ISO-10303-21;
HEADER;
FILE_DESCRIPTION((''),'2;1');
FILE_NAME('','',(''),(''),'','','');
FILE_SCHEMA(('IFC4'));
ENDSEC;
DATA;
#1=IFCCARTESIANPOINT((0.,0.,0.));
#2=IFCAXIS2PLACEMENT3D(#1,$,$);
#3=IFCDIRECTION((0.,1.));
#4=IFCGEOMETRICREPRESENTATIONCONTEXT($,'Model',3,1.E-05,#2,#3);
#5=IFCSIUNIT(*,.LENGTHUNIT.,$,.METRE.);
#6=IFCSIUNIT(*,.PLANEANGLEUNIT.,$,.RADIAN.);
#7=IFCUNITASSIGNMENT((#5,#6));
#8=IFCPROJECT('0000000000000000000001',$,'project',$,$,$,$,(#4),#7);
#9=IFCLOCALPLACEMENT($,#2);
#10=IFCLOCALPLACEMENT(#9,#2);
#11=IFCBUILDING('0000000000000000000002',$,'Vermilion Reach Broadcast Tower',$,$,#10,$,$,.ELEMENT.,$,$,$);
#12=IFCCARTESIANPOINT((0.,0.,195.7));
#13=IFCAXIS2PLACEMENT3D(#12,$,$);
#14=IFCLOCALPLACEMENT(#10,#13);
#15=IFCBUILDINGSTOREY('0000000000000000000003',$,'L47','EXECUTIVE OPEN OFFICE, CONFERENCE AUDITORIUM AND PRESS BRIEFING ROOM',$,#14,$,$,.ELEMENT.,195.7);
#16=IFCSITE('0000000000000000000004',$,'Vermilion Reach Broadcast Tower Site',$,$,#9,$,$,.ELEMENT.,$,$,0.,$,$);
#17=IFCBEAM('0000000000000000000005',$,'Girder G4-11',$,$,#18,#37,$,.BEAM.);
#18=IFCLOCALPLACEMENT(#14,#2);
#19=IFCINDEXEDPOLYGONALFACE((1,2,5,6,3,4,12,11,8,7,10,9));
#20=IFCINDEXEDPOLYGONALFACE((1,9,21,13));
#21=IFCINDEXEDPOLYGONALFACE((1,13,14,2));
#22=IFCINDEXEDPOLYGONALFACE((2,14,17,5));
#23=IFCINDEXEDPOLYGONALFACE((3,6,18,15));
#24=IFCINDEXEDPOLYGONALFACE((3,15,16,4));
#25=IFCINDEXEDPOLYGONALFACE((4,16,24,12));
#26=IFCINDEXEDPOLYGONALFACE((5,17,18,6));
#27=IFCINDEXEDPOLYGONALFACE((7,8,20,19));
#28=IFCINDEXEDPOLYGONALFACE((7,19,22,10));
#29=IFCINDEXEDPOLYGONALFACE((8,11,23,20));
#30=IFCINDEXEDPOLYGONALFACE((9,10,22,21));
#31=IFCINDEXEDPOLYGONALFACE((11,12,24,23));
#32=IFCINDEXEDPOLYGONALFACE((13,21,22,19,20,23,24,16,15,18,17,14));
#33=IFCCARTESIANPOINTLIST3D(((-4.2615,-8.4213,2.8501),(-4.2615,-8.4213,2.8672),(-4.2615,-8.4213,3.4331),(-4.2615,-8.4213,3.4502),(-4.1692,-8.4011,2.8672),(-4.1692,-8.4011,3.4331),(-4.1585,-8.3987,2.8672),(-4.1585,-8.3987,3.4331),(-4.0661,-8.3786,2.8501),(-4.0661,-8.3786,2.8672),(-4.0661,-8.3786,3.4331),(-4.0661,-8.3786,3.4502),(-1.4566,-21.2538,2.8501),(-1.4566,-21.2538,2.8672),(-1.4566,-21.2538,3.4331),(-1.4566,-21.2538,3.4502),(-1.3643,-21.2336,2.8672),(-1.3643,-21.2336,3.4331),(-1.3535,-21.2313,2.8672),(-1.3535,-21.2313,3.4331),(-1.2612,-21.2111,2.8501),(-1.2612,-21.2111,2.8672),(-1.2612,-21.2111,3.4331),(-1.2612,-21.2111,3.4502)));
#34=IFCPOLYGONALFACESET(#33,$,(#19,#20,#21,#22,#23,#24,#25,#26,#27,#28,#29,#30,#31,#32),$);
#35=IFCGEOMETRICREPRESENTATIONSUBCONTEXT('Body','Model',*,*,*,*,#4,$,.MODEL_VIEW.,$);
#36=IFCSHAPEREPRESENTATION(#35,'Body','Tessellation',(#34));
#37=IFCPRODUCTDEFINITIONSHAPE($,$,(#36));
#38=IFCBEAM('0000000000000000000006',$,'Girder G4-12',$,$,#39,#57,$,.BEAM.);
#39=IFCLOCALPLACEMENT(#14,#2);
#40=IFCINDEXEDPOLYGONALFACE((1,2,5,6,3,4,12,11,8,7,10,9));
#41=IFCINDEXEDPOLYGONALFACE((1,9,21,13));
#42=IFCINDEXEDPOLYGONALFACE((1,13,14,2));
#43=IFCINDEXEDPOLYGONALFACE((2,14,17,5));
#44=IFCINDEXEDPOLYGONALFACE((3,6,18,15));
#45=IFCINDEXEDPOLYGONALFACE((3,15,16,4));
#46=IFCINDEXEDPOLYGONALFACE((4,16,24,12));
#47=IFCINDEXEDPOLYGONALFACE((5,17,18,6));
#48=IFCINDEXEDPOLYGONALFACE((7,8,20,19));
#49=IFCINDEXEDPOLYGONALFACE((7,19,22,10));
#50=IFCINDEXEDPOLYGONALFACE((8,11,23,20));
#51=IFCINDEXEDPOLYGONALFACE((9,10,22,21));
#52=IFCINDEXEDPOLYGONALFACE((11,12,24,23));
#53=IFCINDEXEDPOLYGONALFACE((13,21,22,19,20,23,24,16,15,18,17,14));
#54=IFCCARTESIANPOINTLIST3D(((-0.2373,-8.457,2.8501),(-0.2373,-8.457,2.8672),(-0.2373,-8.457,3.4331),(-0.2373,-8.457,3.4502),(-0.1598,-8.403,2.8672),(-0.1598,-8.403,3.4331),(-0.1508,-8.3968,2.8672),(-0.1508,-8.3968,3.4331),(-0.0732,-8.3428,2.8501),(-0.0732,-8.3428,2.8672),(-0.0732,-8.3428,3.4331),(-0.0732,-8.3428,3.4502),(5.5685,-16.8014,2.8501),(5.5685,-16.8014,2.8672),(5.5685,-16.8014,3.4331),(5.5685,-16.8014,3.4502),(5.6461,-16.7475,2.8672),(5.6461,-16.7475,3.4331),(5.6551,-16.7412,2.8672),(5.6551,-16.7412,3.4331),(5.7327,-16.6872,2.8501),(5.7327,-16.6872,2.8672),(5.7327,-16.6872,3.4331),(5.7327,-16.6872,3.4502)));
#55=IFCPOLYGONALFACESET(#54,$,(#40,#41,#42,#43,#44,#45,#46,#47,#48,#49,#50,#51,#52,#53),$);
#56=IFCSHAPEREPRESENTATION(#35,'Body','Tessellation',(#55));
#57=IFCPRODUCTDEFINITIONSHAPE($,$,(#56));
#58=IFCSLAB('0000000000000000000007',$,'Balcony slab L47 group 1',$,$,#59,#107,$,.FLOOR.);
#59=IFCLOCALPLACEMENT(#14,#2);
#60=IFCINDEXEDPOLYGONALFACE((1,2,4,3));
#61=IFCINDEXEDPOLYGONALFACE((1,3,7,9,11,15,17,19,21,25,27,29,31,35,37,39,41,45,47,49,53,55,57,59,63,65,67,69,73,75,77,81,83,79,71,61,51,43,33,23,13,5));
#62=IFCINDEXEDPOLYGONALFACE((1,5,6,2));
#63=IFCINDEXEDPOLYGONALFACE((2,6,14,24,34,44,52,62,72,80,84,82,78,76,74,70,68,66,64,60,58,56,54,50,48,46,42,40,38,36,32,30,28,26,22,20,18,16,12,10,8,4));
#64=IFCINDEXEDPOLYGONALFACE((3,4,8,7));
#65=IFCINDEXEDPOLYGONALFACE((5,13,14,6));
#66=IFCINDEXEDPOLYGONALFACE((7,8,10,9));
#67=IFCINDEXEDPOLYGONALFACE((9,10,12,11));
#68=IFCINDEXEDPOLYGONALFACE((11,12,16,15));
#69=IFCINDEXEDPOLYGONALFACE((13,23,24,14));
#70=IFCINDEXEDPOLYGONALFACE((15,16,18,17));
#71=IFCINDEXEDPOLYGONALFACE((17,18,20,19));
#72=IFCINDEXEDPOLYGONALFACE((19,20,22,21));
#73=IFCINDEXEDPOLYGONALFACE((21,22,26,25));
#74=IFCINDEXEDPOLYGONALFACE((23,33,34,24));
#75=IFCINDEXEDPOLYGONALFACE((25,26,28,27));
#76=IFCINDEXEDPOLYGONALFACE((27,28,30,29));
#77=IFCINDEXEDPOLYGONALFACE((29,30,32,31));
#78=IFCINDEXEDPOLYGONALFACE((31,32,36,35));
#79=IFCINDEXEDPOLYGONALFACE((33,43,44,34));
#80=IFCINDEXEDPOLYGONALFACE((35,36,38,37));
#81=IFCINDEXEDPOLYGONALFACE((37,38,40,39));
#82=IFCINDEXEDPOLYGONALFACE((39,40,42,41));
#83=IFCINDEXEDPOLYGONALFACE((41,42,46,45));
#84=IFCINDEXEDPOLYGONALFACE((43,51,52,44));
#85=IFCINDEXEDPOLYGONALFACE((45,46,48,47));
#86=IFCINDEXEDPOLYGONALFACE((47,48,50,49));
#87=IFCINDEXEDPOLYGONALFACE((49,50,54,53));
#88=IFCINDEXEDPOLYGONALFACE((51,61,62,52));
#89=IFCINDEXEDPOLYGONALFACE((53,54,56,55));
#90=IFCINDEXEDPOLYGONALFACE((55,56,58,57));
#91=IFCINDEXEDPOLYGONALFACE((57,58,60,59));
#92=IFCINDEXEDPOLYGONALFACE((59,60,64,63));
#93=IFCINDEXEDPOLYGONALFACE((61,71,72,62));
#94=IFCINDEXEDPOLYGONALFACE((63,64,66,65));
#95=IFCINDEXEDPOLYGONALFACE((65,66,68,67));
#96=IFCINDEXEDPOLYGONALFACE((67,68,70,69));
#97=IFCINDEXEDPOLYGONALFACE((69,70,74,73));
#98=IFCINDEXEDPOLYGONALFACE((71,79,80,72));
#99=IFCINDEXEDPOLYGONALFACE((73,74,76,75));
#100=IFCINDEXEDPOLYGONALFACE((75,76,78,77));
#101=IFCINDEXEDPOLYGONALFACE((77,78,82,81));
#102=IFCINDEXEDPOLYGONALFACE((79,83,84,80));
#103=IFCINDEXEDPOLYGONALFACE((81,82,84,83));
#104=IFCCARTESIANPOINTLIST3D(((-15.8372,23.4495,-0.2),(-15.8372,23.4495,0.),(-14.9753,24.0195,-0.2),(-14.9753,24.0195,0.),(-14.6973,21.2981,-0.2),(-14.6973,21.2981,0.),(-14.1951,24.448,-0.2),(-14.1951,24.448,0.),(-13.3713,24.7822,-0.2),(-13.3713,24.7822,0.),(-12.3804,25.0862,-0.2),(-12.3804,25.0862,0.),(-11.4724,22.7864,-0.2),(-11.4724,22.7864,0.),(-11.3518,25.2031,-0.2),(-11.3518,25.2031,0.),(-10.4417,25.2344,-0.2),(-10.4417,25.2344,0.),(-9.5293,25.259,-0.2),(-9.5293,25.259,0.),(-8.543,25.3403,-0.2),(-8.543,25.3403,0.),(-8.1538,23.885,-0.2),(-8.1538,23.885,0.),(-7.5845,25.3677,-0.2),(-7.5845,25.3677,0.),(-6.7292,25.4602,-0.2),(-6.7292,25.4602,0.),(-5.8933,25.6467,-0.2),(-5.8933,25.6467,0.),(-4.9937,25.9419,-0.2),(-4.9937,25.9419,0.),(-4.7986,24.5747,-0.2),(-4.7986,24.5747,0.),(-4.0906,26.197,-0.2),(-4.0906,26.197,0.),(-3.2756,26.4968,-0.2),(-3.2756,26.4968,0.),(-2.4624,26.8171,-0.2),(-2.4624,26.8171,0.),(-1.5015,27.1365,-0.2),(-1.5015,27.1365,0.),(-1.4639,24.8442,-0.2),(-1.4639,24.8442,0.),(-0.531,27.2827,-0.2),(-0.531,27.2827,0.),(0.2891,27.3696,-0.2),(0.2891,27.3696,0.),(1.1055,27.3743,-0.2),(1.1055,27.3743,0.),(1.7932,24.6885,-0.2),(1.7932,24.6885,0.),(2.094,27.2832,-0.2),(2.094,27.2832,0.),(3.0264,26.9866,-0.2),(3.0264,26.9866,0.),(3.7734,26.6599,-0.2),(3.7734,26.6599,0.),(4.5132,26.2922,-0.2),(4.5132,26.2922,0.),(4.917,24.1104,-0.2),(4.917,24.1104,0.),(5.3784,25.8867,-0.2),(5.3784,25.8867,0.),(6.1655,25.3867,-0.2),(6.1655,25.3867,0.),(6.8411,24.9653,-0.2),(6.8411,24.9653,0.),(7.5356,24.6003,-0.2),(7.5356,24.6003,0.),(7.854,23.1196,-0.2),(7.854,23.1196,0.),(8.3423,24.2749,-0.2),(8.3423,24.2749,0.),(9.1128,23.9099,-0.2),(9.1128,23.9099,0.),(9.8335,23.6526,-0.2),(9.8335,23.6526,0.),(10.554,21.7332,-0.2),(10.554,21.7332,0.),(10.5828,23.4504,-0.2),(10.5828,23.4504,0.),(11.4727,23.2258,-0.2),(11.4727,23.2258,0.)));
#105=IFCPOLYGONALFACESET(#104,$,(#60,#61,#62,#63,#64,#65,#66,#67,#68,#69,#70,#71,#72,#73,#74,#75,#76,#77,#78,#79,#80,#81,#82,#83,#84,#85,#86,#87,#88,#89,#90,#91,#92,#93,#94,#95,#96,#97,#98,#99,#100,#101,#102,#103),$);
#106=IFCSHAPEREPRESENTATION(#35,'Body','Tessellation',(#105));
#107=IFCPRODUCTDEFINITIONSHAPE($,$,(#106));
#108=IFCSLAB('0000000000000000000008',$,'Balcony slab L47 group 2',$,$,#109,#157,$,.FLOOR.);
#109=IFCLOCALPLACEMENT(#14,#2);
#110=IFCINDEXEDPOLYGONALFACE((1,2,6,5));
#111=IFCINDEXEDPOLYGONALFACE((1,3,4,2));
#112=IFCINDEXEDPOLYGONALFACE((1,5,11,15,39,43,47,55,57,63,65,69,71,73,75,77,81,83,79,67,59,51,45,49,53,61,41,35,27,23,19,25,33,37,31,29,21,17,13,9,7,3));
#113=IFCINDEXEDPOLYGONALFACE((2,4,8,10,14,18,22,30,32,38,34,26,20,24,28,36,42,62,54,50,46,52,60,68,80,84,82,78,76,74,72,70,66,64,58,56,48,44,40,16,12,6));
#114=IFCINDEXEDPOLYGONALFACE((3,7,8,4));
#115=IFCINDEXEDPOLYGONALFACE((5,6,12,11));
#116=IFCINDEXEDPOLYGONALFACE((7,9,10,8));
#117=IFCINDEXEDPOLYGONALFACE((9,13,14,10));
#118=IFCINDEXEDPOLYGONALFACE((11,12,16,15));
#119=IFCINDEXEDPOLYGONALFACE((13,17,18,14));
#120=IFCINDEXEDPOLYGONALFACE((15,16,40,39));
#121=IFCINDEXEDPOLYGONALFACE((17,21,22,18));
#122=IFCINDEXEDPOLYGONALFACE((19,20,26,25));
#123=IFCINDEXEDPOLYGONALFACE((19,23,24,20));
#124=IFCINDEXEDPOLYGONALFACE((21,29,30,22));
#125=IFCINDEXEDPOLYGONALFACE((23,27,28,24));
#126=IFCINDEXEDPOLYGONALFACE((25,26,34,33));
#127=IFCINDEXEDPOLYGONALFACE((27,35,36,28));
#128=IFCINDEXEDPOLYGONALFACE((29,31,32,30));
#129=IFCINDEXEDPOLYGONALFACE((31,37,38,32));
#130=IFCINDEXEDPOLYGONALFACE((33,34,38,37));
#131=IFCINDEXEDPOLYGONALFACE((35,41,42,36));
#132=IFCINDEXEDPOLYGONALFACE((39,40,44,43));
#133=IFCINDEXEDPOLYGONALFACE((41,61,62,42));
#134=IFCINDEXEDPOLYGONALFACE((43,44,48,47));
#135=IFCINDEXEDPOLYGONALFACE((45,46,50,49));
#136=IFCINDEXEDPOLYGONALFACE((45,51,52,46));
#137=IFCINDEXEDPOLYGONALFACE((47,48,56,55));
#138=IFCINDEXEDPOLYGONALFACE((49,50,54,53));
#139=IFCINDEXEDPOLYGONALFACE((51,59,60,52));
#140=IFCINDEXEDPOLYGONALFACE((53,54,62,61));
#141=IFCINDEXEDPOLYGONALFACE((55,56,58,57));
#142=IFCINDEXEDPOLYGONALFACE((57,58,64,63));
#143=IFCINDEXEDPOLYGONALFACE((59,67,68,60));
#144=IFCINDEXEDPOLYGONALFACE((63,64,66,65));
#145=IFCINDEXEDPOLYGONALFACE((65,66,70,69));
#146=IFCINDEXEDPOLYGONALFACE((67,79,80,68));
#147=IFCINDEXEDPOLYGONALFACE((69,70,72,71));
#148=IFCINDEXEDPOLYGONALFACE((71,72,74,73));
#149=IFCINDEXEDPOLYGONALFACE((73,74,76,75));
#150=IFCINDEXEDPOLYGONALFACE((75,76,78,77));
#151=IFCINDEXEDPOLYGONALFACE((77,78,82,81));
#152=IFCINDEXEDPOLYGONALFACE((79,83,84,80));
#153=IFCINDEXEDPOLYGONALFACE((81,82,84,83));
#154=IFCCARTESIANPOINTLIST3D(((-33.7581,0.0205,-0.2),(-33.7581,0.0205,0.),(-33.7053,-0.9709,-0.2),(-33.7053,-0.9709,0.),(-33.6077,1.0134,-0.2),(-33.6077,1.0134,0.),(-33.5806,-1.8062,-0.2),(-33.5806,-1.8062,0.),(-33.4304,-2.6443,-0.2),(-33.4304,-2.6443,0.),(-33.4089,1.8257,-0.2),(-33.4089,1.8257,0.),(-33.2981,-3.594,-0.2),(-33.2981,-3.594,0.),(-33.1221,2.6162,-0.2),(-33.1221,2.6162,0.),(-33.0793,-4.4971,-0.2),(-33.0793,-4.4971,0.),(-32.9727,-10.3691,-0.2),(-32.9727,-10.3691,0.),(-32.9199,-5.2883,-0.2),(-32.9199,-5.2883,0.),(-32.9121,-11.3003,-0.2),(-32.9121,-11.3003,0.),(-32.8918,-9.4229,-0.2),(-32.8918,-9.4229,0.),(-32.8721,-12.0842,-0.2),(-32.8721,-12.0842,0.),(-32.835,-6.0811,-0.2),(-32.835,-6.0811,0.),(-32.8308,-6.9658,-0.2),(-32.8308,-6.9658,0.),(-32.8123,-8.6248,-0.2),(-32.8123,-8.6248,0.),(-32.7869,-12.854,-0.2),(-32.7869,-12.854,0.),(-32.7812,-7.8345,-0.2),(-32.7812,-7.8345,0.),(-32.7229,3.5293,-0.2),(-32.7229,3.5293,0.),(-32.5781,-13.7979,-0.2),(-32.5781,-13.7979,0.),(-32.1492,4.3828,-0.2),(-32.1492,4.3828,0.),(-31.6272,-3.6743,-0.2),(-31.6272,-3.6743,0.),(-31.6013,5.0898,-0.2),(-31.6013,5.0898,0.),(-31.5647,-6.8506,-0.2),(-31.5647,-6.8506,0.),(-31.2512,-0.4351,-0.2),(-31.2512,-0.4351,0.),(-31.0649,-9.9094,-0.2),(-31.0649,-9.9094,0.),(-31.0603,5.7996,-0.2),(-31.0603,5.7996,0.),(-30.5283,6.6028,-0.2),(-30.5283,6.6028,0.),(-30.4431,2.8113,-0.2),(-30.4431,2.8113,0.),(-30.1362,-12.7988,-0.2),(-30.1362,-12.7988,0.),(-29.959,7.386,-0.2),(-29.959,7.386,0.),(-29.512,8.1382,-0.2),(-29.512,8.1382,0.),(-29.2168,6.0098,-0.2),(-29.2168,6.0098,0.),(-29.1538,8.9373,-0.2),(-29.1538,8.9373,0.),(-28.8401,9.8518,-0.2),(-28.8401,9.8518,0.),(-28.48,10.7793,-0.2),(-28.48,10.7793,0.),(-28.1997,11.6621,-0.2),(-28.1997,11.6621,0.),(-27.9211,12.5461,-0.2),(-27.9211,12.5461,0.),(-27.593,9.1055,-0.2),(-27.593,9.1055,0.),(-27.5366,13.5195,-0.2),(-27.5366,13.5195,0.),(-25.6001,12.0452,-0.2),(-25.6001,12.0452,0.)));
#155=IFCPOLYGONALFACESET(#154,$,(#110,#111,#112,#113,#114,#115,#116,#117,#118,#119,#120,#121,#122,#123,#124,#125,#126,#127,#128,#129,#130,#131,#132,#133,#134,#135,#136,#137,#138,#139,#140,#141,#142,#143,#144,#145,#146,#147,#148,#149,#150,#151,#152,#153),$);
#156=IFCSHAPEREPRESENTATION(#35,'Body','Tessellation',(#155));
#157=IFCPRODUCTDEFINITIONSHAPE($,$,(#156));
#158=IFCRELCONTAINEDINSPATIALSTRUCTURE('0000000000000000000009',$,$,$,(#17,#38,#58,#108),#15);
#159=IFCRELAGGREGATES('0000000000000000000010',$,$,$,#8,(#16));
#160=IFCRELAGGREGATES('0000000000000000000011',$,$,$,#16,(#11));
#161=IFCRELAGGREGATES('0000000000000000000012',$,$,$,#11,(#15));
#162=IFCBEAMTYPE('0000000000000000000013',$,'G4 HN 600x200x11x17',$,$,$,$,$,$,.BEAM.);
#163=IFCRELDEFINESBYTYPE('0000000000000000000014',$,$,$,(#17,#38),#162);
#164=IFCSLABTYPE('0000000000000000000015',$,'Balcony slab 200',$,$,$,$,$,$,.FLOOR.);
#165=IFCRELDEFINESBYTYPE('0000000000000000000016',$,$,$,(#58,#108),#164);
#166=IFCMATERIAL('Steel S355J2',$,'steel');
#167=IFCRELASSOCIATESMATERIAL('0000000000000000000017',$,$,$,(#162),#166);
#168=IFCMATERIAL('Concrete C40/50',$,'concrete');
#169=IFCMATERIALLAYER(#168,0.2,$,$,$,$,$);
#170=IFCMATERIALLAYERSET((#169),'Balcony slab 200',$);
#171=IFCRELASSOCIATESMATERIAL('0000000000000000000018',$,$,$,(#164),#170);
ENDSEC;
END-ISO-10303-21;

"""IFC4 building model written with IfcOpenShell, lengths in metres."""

from ifc_helpers import new_model, si_unit, direction, frame, origin, origin_2d, place, context, subcontext, project, spatial, polyline, i_section, outline, extrude, material, layer, layer_set, material_profile, profile_set, type_object, element, save


model = new_model("IFC4")

# Units and contexts
model_context = context("Model", 3, precision=1e-05, world=origin(), true_north=direction((0.0, 1.0)))
body_context = subcontext(model_context, "Body", "Model", "MODEL_VIEW")
ifc_project = project(units=[si_unit("LENGTHUNIT", "METRE"), si_unit("PLANEANGLEUNIT", "RADIAN")], contexts=[model_context])

# Site, building, storey
site_placement = place(None, origin())
site = spatial("IfcSite", under=ifc_project, at=site_placement, Name="Vermilion Reach Broadcast Tower Site", CompositionType="ELEMENT", RefElevation=0.0)
building_placement = place(site_placement, origin())
building = spatial("IfcBuilding", under=site, at=building_placement, Name="Vermilion Reach Broadcast Tower", CompositionType="ELEMENT")
storey_placement = place(building_placement, frame((0.0, 0.0, 195.7)))
storey = spatial("IfcBuildingStorey", under=building, at=storey_placement, Name="L47", Description="EXECUTIVE OPEN OFFICE, CONFERENCE AUDITORIUM AND PRESS BRIEFING ROOM", CompositionType="ELEMENT", Elevation=195.7)

# Beams
ifc_material_1 = material(Name="Steel S355J2", Category="steel")
ifc_material_profile = material_profile(ifc_material_1, i_section(OverallWidth=0.2, OverallDepth=0.6001, WebThickness=0.011, FlangeThickness=0.0171, at=origin_2d()), Name="S355J2 HN 600x200x11x17")
ifc_profile_set = profile_set([ifc_material_profile], Name="Steel S355J2")
beam_type = type_object("IfcBeamType", Name="G4 HN 600x200x11x17", PredefinedType="BEAM", material=ifc_profile_set)
beam_1_placement = place(storey_placement, frame((-4.1638, -8.3999, 3.1501), z_axis=(0.213538, -0.976935, 0.0), x_axis=(0.976935, 0.213538, 0.0)))
element("IfcBeam", 1, at=beam_1_placement, inside=storey, type_object=beam_type, Name="Girder G4-11", PredefinedType="BEAM", context=body_context, shape_type="SweptSolid", body=[
    extrude(i_section(OverallWidth=0.2, OverallDepth=0.6001, WebThickness=0.011, FlangeThickness=0.0171, at=origin_2d()), origin(), (0.0, 0.0, 1.0), 13.1355),
])
beam_2_placement = place(storey_placement, frame((-0.1553, -8.3999, 3.1501), z_axis=(0.571134, -0.820857, 0.0), x_axis=(0.820857, 0.571134, 0.0)))
element("IfcBeam", 2, at=beam_2_placement, inside=storey, type_object=beam_type, Name="Girder G4-12", PredefinedType="BEAM", context=body_context, shape_type="SweptSolid", body=[
    extrude(i_section(OverallWidth=0.2, OverallDepth=0.6001, WebThickness=0.011, FlangeThickness=0.0171, at=origin_2d()), origin(), (0.0, 0.0, 1.0), 10.1655),
])

# Slabs
ifc_material_2 = material(Name="Concrete C40/50", Category="concrete")
ifc_layer_1 = layer(ifc_material_2, 0.2)
ifc_layer_set_1 = layer_set([ifc_layer_1], Name="Balcony slab 200")
slab_type_1 = type_object("IfcSlabType", Name="Balcony slab 200", PredefinedType="FLOOR", material=ifc_layer_set_1)
placement_1 = place(storey_placement, frame((0.0, 0.0, -0.2)))
element("IfcSlab", 3, at=placement_1, inside=storey, type_object=slab_type_1, Name="Balcony slab L47 group 1", PredefinedType="FLOOR", context=body_context, shape_type="SweptSolid", body=[
    extrude(outline(polyline([(10.554, 21.7332), (7.854, 23.1196), (4.917, 24.1104), (1.7932, 24.6885), (-1.4639, 24.8442), (-4.7986, 24.5747), (-8.1538, 23.885), (-11.4724, 22.7864), (-14.6973, 21.2981), (-15.8372, 23.4495), (-14.9753, 24.0195), (-14.1951, 24.448), (-13.3713, 24.7822), (-12.3804, 25.0862), (-11.3518, 25.2031), (-10.4417, 25.2344), (-9.5293, 25.259), (-8.543, 25.3403), (-7.5845, 25.3677), (-6.7292, 25.4602), (-5.8933, 25.6467), (-4.9937, 25.9419), (-4.0906, 26.197), (-3.2756, 26.4968), (-2.4624, 26.8171), (-1.5015, 27.1365), (-0.531, 27.2827), (0.2891, 27.3696), (1.1055, 27.3743), (2.094, 27.2832), (3.0264, 26.9866), (3.7734, 26.6599), (4.5132, 26.2922), (5.3784, 25.8867), (6.1655, 25.3867), (6.8411, 24.9653), (7.5356, 24.6003), (8.3423, 24.2749), (9.1128, 23.9099), (9.8335, 23.6526), (10.5828, 23.4504), (11.4727, 23.2258), (10.554, 21.7332)])), origin(), (0.0, 0.0, 1.0), 0.2),
])
element("IfcSlab", 4, at=placement_1, inside=storey, type_object=slab_type_1, Name="Balcony slab L47 group 2", PredefinedType="FLOOR", context=body_context, shape_type="SweptSolid", body=[
    extrude(outline(polyline([(-25.6001, 12.0452), (-27.593, 9.1055), (-29.2168, 6.0098), (-30.4431, 2.8113), (-31.2512, -0.4351), (-31.6272, -3.6743), (-31.5647, -6.8506), (-31.0649, -9.9094), (-30.1362, -12.7988), (-32.5781, -13.7979), (-32.7869, -12.854), (-32.8721, -12.0842), (-32.9121, -11.3003), (-32.9727, -10.3691), (-32.8918, -9.4229), (-32.8123, -8.6248), (-32.7812, -7.8345), (-32.8308, -6.9658), (-32.835, -6.0811), (-32.9199, -5.2883), (-33.0793, -4.4971), (-33.2981, -3.594), (-33.4304, -2.6443), (-33.5806, -1.8062), (-33.7053, -0.9709), (-33.7581, 0.0205), (-33.6077, 1.0134), (-33.4089, 1.8257), (-33.1221, 2.6162), (-32.7229, 3.5293), (-32.1492, 4.3828), (-31.6013, 5.0898), (-31.0603, 5.7996), (-30.5283, 6.6028), (-29.959, 7.386), (-29.512, 8.1382), (-29.1538, 8.9373), (-28.8401, 9.8518), (-28.48, 10.7793), (-28.1997, 11.6621), (-27.9211, 12.5461), (-27.5366, 13.5195), (-25.6001, 12.0452)])), origin(), (0.0, 0.0, 1.0), 0.2),
])

save(model, "model.ifc")
